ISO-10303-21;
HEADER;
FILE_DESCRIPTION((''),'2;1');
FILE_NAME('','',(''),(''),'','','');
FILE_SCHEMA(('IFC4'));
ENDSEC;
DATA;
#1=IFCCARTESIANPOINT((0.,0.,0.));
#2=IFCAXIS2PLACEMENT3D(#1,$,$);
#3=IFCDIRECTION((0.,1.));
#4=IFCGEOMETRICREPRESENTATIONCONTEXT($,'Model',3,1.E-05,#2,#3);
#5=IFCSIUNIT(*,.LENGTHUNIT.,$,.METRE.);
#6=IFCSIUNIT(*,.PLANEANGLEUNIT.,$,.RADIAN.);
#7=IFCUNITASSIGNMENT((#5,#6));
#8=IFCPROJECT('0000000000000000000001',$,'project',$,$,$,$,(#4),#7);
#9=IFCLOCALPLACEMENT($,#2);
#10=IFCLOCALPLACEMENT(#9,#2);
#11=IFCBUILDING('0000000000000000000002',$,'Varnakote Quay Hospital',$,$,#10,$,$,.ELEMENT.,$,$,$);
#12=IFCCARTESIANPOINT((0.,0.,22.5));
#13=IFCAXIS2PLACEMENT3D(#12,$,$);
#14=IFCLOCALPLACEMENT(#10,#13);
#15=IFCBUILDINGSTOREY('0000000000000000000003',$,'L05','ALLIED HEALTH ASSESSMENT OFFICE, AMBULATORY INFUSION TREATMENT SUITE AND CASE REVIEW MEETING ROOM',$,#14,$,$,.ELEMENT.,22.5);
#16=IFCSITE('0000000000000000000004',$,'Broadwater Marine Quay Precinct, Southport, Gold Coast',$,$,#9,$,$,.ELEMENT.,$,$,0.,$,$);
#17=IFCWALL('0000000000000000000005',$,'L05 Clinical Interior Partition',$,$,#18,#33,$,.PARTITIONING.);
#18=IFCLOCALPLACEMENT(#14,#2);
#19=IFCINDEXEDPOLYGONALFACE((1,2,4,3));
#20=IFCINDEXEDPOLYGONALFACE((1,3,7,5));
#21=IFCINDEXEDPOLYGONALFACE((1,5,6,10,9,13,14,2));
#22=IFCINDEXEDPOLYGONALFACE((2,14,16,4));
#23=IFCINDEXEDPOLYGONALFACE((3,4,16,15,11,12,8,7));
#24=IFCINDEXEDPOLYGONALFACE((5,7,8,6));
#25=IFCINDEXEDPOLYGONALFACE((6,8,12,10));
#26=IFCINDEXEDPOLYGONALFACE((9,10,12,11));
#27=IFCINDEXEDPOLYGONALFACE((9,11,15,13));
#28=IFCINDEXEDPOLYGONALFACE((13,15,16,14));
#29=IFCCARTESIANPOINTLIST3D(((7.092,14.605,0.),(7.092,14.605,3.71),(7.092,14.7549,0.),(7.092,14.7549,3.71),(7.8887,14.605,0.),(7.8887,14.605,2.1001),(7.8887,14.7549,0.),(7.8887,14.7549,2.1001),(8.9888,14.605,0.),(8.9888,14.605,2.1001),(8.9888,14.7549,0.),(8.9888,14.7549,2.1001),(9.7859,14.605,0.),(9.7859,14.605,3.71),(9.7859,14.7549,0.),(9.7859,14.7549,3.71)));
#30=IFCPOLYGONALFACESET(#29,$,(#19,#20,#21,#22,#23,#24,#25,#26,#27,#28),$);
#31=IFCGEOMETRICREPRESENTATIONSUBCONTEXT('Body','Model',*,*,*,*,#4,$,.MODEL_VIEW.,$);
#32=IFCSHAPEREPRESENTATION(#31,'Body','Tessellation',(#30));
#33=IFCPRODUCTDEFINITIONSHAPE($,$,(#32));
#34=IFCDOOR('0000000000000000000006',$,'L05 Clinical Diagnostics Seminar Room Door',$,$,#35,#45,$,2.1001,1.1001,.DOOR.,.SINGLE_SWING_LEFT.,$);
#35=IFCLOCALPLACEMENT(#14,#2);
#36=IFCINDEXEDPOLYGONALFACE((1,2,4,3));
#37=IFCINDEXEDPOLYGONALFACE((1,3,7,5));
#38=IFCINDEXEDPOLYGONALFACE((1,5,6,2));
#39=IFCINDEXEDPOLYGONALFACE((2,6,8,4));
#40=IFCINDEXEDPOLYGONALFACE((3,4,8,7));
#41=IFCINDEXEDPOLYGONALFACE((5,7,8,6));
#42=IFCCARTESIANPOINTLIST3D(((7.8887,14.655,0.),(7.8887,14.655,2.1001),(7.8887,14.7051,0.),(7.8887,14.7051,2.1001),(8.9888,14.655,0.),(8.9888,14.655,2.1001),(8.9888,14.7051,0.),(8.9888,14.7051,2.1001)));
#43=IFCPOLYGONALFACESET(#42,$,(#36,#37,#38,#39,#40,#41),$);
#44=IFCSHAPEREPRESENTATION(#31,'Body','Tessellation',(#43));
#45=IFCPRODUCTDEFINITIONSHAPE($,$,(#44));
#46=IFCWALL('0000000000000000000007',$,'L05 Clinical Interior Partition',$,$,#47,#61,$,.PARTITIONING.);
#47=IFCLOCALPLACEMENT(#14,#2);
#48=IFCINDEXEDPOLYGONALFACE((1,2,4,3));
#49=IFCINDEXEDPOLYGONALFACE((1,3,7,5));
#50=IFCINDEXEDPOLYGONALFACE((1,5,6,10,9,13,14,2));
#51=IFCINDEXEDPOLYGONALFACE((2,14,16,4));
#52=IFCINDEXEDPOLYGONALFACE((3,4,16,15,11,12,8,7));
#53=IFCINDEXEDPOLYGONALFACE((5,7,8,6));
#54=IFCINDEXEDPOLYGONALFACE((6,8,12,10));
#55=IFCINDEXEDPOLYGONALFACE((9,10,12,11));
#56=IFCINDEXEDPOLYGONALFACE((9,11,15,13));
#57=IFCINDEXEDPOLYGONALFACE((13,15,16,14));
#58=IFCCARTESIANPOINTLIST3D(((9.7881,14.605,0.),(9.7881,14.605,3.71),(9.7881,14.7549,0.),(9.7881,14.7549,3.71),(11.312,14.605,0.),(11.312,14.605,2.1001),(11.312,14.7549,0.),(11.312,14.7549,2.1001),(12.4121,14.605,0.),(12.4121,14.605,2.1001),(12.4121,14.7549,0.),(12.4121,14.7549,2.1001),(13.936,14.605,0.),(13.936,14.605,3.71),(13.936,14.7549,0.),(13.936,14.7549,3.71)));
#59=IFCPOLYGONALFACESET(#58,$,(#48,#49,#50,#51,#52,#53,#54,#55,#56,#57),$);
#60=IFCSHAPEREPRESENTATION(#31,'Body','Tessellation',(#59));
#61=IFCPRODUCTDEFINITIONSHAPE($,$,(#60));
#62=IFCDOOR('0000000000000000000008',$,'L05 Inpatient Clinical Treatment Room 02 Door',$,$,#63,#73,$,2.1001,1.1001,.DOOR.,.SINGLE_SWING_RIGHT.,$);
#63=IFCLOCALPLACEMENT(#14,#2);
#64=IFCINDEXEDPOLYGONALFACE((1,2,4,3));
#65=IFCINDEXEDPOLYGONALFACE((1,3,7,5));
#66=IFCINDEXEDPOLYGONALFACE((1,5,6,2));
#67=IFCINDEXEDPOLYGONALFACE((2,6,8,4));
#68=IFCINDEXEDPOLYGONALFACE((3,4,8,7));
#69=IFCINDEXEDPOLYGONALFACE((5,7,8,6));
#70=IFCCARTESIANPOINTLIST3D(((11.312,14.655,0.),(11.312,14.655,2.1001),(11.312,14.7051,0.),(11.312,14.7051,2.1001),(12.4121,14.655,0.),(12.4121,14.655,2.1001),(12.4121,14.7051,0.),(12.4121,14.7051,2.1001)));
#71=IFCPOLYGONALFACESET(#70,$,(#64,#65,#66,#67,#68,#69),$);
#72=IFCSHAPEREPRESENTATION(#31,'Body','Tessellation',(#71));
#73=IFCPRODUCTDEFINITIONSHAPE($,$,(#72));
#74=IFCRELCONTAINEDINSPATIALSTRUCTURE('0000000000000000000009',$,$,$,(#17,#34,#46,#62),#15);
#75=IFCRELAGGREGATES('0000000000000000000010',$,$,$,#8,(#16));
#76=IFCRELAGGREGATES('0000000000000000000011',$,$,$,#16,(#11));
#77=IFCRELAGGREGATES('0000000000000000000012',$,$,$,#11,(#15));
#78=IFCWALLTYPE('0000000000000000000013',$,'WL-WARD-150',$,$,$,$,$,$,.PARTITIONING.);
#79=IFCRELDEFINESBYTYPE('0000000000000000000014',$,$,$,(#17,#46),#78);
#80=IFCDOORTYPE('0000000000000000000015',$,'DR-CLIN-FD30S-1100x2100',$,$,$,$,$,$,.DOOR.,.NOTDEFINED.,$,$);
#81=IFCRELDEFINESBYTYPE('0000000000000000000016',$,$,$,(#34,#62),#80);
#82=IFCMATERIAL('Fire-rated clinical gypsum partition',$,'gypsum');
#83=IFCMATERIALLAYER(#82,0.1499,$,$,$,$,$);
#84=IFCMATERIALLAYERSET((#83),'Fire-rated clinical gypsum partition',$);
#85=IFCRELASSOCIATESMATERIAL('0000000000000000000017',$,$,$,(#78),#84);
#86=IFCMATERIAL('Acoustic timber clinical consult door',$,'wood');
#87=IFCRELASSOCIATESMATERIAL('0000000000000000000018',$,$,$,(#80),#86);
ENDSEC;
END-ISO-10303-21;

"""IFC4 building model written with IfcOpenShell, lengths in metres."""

from ifc_helpers import new_model, si_unit, direction, frame, frame_2d, origin, place, context, subcontext, project, spatial, rectangle, extrude, material, layer, layer_set, type_object, element, fill, save


model = new_model("IFC4")

# Units and contexts
model_context = context("Model", 3, precision=1e-05, world=origin(), true_north=direction((0.0, 1.0)))
body_context = subcontext(model_context, "Body", "Model", "MODEL_VIEW")
ifc_project = project(units=[si_unit("LENGTHUNIT", "METRE"), si_unit("PLANEANGLEUNIT", "RADIAN")], contexts=[model_context])

# Site, building, storey
site_placement = place(None, origin())
site = spatial("IfcSite", under=ifc_project, at=site_placement, Name="Broadwater Marine Quay Precinct, Southport, Gold Coast", CompositionType="ELEMENT", RefElevation=0.0)
building_placement = place(site_placement, origin())
building = spatial("IfcBuilding", under=site, at=building_placement, Name="Varnakote Quay Hospital", CompositionType="ELEMENT")
storey_placement = place(building_placement, frame((0.0, 0.0, 22.5)))
storey = spatial("IfcBuildingStorey", under=building, at=storey_placement, Name="L05", Description="ALLIED HEALTH ASSESSMENT OFFICE, AMBULATORY INFUSION TREATMENT SUITE AND CASE REVIEW MEETING ROOM", CompositionType="ELEMENT", Elevation=22.5)

# Walls, openings, doors
ifc_material_1 = material(Name="Fire-rated clinical gypsum partition", Category="gypsum")
ifc_layer_1 = layer(ifc_material_1, 0.1499)
ifc_layer_set_1 = layer_set([ifc_layer_1], Name="Fire-rated clinical gypsum partition")
wall_type_1 = type_object("IfcWallType", Name="WL-WARD-150", PredefinedType="PARTITIONING", material=ifc_layer_set_1)
wall_1_placement = place(storey_placement, frame((9.7859, 14.6799, 0.0), z_axis=(0.0, 0.0, 1.0), x_axis=(-1.0, 0.0, 0.0)))
wall_1 = element("IfcWall", 1, at=wall_1_placement, inside=storey, type_object=wall_type_1, Name="L05 Clinical Interior Partition", PredefinedType="PARTITIONING", context=body_context, shape_type="SweptSolid", body=[
    extrude(rectangle(XDim=2.6938, YDim=0.1499, at=frame_2d((1.3469, 0.0))), origin(), (0.0, 0.0, 1.0), 3.71),
])
opening_1_placement = place(wall_1_placement, frame((0.7971, 0.0, 0.0)))
opening_1 = element("IfcOpeningElement", 2, at=opening_1_placement, cuts=wall_1, PredefinedType="OPENING", context=body_context, shape_type="SweptSolid", body=[
    extrude(rectangle(XDim=1.1001, YDim=2.1001, at=frame_2d((0.55, 1.05))), frame((0.0, 0.085, 0.0), z_axis=(0.0, -1.0, 0.0), x_axis=(1.0, 0.0, 0.0)), (0.0, 0.0, 1.0), 0.1699),
])
ifc_material_2 = material(Name="Acoustic timber clinical consult door", Category="wood")
door_type_1 = type_object("IfcDoorType", Name="DR-CLIN-FD30S-1100x2100", OperationType="NOTDEFINED", PredefinedType="DOOR", material=ifc_material_2)
door_1_placement = place(opening_1_placement, origin())
door_1 = element("IfcDoor", 3, at=door_1_placement, inside=storey, type_object=door_type_1, Name="L05 Clinical Diagnostics Seminar Room Door", OperationType="SINGLE_SWING_LEFT", OverallHeight=2.1001, OverallWidth=1.1001, PredefinedType="DOOR", context=body_context, shape_type="SweptSolid", body=[
    extrude(rectangle(XDim=1.1001, YDim=2.1001, at=frame_2d((0.55, 1.05))), frame((0.0, 0.0249, 0.0), z_axis=(0.0, -1.0, 0.0), x_axis=(1.0, 0.0, 0.0)), (0.0, 0.0, 1.0), 0.05),
])
fill(opening_1, door_1)
wall_2_placement = place(storey_placement, frame((13.936, 14.6799, 0.0), z_axis=(0.0, 0.0, 1.0), x_axis=(-1.0, 0.0, 0.0)))
wall_2 = element("IfcWall", 4, at=wall_2_placement, inside=storey, type_object=wall_type_1, Name="L05 Clinical Interior Partition", PredefinedType="PARTITIONING", context=body_context, shape_type="SweptSolid", body=[
    extrude(rectangle(XDim=4.1479, YDim=0.1499, at=frame_2d((2.074, 0.0))), origin(), (0.0, 0.0, 1.0), 3.71),
])
opening_2_placement = place(wall_2_placement, frame((1.5239, 0.0, 0.0)))
opening_2 = element("IfcOpeningElement", 5, at=opening_2_placement, cuts=wall_2, PredefinedType="OPENING", context=body_context, shape_type="SweptSolid", body=[
    extrude(rectangle(XDim=1.1001, YDim=2.1001, at=frame_2d((0.55, 1.05))), frame((0.0, 0.085, 0.0), z_axis=(0.0, -1.0, 0.0), x_axis=(1.0, 0.0, 0.0)), (0.0, 0.0, 1.0), 0.1699),
])
door_2_placement = place(opening_2_placement, origin())
door_2 = element("IfcDoor", 6, at=door_2_placement, inside=storey, type_object=door_type_1, Name="L05 Inpatient Clinical Treatment Room 02 Door", OperationType="SINGLE_SWING_RIGHT", OverallHeight=2.1001, OverallWidth=1.1001, PredefinedType="DOOR", context=body_context, shape_type="SweptSolid", body=[
    extrude(rectangle(XDim=1.1001, YDim=2.1001, at=frame_2d((0.55, 1.05))), frame((0.0, 0.0249, 0.0), z_axis=(0.0, -1.0, 0.0), x_axis=(1.0, 0.0, 0.0)), (0.0, 0.0, 1.0), 0.05),
])
fill(opening_2, door_2)

save(model, "model.ifc")
